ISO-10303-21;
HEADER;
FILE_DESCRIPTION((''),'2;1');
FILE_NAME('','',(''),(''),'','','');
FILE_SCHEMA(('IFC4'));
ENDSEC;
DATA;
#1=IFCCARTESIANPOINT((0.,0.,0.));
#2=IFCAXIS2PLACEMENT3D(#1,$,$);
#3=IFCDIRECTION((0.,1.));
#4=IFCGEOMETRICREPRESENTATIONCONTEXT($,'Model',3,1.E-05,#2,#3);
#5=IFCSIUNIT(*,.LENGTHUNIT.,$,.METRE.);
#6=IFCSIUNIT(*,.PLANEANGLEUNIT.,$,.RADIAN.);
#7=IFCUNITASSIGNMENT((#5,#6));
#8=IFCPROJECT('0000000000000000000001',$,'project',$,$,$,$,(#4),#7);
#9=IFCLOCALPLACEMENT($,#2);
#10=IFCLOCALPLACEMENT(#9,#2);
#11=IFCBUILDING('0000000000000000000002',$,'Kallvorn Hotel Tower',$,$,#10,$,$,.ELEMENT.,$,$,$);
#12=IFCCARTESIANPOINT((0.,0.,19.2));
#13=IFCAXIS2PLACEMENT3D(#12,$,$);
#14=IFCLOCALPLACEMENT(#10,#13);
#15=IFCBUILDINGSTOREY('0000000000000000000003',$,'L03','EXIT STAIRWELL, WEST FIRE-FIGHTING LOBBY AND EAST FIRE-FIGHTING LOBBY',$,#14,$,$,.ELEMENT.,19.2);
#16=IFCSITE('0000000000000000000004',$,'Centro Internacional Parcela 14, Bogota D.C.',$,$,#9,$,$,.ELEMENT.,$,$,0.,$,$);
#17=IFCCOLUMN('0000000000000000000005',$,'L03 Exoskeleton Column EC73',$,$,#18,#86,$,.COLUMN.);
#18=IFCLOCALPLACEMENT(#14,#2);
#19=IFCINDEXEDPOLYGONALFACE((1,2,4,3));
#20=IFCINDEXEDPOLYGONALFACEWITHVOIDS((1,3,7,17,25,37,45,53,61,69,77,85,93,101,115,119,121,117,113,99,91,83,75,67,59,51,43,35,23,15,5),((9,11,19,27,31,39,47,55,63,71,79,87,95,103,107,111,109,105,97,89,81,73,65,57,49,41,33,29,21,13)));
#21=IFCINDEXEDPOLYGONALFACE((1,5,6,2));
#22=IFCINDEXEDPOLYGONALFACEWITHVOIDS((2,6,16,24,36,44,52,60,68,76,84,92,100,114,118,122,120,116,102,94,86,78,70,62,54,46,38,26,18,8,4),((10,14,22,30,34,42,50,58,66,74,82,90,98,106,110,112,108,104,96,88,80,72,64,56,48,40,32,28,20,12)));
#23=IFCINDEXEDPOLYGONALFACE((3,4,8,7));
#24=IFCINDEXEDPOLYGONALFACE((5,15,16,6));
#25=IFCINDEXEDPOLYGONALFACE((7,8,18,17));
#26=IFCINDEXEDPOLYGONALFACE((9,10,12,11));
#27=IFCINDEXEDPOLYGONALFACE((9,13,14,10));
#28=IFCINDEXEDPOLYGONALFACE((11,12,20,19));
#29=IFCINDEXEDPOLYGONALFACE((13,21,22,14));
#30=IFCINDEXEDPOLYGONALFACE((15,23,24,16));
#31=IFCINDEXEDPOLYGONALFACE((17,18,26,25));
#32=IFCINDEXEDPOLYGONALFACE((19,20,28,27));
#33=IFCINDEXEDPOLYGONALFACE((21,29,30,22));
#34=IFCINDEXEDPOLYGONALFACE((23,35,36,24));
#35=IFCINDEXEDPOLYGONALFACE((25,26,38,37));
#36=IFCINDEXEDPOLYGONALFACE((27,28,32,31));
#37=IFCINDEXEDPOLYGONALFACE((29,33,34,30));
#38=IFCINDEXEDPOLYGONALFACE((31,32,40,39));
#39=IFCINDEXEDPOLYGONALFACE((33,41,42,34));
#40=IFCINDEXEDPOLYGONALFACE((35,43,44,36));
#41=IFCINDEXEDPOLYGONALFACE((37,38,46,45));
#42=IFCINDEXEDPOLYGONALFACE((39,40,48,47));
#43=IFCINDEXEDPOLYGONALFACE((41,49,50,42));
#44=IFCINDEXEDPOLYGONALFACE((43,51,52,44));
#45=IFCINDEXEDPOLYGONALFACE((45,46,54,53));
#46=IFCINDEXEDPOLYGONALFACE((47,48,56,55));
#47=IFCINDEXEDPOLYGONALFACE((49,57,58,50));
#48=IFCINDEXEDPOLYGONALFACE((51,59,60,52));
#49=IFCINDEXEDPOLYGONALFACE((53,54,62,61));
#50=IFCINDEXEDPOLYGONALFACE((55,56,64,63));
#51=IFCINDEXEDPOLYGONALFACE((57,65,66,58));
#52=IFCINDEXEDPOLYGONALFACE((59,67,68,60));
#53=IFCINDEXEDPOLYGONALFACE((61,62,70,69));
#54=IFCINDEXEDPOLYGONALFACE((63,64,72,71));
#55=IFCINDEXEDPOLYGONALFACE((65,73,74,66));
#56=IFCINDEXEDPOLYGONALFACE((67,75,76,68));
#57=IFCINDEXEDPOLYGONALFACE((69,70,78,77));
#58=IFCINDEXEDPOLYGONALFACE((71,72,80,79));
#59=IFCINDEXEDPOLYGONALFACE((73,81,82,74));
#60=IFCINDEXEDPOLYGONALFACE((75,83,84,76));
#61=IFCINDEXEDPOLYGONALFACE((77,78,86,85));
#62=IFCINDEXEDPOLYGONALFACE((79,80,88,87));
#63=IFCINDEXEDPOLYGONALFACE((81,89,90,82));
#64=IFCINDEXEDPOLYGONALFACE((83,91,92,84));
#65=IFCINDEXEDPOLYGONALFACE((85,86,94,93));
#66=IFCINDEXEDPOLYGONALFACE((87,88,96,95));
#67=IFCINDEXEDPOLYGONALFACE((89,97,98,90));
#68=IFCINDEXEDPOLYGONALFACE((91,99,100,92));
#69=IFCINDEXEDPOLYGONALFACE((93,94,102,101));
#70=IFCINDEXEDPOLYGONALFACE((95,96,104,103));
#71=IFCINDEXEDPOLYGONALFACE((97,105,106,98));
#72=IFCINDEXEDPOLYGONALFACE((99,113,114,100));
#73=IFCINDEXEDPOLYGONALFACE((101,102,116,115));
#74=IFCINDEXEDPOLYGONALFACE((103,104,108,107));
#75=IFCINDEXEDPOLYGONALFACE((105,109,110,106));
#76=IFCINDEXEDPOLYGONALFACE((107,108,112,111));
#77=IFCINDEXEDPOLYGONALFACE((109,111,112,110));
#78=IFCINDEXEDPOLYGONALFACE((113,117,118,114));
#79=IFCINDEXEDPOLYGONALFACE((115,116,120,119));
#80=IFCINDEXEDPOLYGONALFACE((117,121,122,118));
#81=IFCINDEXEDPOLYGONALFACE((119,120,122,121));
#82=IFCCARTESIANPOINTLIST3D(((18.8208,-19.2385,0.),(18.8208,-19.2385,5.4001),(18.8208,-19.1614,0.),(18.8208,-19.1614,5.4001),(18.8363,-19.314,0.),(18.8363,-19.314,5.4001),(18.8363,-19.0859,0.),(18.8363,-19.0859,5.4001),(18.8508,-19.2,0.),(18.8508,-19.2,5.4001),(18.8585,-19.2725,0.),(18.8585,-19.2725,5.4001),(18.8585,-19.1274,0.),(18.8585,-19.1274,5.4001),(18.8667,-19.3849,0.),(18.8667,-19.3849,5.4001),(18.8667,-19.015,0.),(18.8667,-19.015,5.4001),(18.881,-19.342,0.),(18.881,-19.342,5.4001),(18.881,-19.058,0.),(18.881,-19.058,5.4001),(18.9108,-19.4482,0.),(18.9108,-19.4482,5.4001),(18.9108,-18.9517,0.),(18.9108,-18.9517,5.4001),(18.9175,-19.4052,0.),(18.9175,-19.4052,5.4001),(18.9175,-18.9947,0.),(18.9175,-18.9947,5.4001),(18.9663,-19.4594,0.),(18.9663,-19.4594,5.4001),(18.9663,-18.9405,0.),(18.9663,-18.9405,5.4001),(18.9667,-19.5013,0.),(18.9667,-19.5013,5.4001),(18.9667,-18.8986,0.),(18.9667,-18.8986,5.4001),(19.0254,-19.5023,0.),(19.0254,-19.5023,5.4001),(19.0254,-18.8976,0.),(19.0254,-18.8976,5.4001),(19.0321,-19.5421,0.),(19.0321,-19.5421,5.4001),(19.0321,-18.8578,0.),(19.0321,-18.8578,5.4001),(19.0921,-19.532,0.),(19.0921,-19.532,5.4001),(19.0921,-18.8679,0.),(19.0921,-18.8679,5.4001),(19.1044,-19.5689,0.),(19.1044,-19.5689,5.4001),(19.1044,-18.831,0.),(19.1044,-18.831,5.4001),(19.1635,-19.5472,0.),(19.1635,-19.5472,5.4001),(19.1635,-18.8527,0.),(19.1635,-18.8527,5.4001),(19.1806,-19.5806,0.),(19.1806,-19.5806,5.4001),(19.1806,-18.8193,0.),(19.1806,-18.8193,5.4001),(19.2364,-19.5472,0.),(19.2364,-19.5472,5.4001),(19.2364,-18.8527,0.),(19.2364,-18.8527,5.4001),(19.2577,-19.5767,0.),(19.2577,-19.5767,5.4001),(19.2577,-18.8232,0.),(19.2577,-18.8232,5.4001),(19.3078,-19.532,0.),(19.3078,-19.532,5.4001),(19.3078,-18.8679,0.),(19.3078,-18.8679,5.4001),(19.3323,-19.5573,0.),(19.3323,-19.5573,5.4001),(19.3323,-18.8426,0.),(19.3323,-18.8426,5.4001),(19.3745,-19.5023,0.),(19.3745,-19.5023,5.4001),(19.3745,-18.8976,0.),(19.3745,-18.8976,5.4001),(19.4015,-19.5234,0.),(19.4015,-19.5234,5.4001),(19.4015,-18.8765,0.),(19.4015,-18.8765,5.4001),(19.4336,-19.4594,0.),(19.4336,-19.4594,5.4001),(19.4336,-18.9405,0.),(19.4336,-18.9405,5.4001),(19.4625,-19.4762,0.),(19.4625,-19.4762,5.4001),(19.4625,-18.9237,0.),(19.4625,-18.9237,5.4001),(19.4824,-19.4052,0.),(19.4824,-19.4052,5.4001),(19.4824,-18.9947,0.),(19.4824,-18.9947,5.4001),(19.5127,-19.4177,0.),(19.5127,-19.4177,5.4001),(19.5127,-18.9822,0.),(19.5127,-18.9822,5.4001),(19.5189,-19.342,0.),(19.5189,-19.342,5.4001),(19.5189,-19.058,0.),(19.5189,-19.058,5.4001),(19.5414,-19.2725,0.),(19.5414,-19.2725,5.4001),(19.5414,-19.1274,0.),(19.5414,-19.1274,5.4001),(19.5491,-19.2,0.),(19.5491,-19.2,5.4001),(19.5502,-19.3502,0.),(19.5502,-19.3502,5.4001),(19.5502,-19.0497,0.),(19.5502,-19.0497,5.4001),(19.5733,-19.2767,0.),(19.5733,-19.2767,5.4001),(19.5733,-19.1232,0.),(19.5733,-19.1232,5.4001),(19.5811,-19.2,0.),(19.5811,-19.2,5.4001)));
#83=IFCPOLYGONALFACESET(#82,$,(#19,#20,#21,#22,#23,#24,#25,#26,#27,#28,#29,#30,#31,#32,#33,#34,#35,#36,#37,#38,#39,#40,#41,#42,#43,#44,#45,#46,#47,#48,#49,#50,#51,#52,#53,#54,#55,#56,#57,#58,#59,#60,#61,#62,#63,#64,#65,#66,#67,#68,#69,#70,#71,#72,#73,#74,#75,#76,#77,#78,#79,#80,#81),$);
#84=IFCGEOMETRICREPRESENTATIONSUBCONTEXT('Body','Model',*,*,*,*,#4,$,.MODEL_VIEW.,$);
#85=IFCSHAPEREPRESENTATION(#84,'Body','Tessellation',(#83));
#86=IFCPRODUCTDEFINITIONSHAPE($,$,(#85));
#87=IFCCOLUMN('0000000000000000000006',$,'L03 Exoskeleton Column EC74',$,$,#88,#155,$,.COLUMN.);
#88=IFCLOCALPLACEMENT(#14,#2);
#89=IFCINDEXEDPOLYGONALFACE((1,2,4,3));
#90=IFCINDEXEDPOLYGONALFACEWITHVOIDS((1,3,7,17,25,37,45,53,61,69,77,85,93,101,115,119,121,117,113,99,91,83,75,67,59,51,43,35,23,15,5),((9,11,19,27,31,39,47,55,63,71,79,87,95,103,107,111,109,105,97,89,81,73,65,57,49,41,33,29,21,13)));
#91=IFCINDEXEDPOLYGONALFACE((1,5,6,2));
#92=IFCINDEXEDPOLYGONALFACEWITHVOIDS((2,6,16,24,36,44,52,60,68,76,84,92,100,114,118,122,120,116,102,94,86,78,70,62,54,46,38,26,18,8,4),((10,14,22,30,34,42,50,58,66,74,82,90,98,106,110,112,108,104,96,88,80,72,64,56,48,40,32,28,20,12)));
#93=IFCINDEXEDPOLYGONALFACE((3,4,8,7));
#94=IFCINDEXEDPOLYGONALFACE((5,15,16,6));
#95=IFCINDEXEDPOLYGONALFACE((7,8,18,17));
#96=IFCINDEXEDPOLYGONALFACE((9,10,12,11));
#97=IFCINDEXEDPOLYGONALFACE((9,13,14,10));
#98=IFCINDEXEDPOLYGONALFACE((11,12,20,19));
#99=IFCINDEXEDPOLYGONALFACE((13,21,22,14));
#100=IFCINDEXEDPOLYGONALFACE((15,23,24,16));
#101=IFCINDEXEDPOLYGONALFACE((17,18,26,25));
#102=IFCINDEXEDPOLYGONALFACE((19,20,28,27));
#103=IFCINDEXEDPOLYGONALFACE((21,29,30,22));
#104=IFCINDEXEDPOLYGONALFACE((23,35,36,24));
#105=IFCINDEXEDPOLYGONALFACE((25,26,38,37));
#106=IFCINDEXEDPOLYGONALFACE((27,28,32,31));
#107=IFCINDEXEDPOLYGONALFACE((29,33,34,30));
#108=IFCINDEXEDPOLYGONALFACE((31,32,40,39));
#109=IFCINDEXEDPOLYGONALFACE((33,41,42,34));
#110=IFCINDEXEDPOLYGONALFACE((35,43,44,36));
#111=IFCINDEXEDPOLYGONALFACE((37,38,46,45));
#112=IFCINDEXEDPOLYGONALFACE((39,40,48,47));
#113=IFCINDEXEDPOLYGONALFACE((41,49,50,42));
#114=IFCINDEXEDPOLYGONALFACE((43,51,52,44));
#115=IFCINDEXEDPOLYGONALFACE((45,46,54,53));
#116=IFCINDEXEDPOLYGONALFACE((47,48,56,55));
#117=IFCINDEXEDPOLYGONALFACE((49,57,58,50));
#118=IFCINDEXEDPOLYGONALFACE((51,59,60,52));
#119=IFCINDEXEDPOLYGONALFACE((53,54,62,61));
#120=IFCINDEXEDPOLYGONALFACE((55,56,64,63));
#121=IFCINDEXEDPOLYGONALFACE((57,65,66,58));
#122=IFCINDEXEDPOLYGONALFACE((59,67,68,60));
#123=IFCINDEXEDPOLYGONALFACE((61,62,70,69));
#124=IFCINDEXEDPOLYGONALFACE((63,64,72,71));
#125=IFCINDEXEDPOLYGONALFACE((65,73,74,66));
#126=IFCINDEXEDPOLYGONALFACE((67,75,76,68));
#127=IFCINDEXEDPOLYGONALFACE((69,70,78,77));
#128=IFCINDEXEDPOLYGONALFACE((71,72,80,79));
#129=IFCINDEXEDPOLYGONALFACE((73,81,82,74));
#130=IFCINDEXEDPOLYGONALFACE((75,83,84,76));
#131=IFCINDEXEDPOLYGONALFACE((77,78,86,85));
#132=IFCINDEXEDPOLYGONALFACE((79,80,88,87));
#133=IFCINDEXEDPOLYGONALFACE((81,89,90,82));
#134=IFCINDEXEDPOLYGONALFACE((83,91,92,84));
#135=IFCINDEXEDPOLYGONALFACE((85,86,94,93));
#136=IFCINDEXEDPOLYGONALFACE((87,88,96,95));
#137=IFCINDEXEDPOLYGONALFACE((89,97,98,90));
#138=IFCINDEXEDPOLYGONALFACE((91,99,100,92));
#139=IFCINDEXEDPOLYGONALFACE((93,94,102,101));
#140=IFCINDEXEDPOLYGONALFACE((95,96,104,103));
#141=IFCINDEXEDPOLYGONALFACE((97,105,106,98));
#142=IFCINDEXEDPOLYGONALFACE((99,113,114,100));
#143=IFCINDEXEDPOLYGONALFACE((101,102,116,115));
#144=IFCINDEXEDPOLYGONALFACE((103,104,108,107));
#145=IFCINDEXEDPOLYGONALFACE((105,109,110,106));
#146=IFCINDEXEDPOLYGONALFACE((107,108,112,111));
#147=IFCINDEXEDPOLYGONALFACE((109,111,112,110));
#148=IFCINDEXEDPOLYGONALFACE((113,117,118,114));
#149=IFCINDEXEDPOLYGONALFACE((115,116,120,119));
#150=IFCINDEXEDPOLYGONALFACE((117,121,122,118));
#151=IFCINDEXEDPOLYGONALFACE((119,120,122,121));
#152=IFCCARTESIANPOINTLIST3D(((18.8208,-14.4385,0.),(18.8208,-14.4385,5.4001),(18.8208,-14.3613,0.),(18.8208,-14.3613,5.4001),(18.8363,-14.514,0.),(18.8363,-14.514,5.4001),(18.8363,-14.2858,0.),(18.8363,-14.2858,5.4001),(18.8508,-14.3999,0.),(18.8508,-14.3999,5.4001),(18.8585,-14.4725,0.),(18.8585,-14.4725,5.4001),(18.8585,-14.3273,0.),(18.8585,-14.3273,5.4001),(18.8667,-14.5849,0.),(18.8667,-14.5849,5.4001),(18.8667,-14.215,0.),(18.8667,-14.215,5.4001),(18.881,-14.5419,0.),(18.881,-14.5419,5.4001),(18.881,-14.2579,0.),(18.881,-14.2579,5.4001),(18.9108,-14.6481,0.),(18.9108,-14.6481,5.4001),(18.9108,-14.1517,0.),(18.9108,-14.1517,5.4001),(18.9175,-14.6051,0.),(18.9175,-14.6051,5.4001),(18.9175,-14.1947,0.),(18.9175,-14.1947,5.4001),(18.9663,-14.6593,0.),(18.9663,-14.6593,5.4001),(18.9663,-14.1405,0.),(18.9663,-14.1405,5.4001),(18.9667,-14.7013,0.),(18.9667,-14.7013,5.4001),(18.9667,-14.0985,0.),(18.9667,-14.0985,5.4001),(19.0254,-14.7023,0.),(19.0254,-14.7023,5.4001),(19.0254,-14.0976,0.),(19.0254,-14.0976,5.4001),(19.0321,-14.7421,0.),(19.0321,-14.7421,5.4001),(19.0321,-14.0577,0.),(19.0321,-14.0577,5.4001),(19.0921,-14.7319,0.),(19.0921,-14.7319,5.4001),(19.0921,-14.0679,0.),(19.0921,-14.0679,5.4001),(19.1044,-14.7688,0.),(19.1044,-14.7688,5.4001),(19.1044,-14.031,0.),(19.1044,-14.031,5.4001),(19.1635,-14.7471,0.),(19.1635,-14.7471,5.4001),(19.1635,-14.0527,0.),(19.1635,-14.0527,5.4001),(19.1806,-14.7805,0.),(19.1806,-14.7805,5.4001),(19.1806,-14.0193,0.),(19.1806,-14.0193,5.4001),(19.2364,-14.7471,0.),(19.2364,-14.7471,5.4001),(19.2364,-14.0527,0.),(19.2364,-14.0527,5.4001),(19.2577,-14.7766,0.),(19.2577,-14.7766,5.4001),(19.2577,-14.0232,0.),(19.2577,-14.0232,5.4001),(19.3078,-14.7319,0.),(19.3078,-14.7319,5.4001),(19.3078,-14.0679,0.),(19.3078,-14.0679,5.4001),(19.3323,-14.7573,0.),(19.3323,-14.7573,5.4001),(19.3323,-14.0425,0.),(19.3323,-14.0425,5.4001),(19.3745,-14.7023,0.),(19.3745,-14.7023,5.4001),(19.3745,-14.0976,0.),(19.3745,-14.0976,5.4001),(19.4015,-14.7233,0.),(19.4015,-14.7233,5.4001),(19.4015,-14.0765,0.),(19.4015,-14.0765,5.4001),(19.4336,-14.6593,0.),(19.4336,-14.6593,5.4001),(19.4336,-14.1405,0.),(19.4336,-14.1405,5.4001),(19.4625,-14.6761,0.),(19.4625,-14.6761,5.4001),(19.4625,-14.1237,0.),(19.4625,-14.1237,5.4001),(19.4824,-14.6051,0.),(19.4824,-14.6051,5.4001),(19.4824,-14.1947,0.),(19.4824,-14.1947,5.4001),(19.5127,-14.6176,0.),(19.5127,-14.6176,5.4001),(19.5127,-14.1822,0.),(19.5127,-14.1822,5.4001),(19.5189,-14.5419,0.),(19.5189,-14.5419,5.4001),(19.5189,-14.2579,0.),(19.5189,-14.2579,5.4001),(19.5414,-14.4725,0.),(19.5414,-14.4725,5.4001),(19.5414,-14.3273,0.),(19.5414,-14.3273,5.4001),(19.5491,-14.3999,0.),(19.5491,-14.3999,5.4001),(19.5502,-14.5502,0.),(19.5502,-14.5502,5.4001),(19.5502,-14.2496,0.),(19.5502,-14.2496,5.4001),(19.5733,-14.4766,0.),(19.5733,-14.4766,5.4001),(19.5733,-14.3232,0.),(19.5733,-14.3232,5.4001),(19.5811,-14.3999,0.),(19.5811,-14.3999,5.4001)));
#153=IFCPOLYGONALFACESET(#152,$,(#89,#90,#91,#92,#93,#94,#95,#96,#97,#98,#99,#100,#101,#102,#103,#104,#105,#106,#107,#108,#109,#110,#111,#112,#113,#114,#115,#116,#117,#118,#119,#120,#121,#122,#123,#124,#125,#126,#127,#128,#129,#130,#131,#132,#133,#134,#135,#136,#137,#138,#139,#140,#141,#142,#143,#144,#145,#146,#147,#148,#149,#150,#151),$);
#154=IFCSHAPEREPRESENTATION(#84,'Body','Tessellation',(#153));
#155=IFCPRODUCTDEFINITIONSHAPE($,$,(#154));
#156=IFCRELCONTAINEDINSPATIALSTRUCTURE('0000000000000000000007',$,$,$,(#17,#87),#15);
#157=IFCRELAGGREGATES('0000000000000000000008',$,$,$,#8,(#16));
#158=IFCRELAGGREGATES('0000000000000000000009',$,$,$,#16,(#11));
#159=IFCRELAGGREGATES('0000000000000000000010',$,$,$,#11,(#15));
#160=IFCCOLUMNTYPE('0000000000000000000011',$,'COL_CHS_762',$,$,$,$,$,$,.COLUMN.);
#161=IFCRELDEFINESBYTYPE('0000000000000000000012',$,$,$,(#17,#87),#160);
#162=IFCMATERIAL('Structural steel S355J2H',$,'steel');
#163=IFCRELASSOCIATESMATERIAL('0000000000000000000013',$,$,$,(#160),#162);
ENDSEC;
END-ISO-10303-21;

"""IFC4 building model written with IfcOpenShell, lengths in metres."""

from ifc_helpers import new_model, si_unit, direction, frame, origin, origin_2d, place, context, subcontext, project, spatial, hollow_circle, extrude, material, material_profile, profile_set, type_object, element, save


model = new_model("IFC4")

# Units and contexts
model_context = context("Model", 3, precision=1e-05, world=origin(), true_north=direction((0.0, 1.0)))
body_context = subcontext(model_context, "Body", "Model", "MODEL_VIEW")
ifc_project = project(units=[si_unit("LENGTHUNIT", "METRE"), si_unit("PLANEANGLEUNIT", "RADIAN")], contexts=[model_context])

# Site, building, storey
site_placement = place(None, origin())
site = spatial("IfcSite", under=ifc_project, at=site_placement, Name="Centro Internacional Parcela 14, Bogota D.C.", CompositionType="ELEMENT", RefElevation=0.0)
building_placement = place(site_placement, origin())
building = spatial("IfcBuilding", under=site, at=building_placement, Name="Kallvorn Hotel Tower", CompositionType="ELEMENT")
storey_placement = place(building_placement, frame((0.0, 0.0, 19.2)))
storey = spatial("IfcBuildingStorey", under=building, at=storey_placement, Name="L03", Description="EXIT STAIRWELL, WEST FIRE-FIGHTING LOBBY AND EAST FIRE-FIGHTING LOBBY", CompositionType="ELEMENT", Elevation=19.2)

# Columns
ifc_material_1 = material(Name="Structural steel S355J2H", Category="steel")
ifc_material_profile_1 = material_profile(ifc_material_1, hollow_circle(Radius=0.3811, WallThickness=0.032, at=origin_2d()), Name="CHS 762x32")
ifc_profile_set_1 = profile_set([ifc_material_profile_1], Name="Structural steel S355J2H")
column_type_1 = type_object("IfcColumnType", Name="COL_CHS_762", PredefinedType="COLUMN", material=ifc_profile_set_1)
for number, where, z_axis, x_axis, name in (
    (1, (19.2, -19.2, 0.0), (0.0, 0.0, 1.0), (1.0, 0.0, 0.0), "L03 Exoskeleton Column EC73"),
    (2, (19.2, -14.3999, 0.0), (0.0, 0.0, 1.0), (1.0, 0.0, 0.0), "L03 Exoskeleton Column EC74"),
):
    element("IfcColumn", number, at=place(storey_placement, frame(where, z_axis=z_axis, x_axis=x_axis)), inside=storey, type_object=column_type_1, Name=name, PredefinedType="COLUMN", context=body_context, shape_type="SweptSolid", body=[
        extrude(hollow_circle(Radius=0.3811, WallThickness=0.032, at=origin_2d()), origin(), (0.0, 0.0, 1.0), 5.4001),
    ])

save(model, "model.ifc")
